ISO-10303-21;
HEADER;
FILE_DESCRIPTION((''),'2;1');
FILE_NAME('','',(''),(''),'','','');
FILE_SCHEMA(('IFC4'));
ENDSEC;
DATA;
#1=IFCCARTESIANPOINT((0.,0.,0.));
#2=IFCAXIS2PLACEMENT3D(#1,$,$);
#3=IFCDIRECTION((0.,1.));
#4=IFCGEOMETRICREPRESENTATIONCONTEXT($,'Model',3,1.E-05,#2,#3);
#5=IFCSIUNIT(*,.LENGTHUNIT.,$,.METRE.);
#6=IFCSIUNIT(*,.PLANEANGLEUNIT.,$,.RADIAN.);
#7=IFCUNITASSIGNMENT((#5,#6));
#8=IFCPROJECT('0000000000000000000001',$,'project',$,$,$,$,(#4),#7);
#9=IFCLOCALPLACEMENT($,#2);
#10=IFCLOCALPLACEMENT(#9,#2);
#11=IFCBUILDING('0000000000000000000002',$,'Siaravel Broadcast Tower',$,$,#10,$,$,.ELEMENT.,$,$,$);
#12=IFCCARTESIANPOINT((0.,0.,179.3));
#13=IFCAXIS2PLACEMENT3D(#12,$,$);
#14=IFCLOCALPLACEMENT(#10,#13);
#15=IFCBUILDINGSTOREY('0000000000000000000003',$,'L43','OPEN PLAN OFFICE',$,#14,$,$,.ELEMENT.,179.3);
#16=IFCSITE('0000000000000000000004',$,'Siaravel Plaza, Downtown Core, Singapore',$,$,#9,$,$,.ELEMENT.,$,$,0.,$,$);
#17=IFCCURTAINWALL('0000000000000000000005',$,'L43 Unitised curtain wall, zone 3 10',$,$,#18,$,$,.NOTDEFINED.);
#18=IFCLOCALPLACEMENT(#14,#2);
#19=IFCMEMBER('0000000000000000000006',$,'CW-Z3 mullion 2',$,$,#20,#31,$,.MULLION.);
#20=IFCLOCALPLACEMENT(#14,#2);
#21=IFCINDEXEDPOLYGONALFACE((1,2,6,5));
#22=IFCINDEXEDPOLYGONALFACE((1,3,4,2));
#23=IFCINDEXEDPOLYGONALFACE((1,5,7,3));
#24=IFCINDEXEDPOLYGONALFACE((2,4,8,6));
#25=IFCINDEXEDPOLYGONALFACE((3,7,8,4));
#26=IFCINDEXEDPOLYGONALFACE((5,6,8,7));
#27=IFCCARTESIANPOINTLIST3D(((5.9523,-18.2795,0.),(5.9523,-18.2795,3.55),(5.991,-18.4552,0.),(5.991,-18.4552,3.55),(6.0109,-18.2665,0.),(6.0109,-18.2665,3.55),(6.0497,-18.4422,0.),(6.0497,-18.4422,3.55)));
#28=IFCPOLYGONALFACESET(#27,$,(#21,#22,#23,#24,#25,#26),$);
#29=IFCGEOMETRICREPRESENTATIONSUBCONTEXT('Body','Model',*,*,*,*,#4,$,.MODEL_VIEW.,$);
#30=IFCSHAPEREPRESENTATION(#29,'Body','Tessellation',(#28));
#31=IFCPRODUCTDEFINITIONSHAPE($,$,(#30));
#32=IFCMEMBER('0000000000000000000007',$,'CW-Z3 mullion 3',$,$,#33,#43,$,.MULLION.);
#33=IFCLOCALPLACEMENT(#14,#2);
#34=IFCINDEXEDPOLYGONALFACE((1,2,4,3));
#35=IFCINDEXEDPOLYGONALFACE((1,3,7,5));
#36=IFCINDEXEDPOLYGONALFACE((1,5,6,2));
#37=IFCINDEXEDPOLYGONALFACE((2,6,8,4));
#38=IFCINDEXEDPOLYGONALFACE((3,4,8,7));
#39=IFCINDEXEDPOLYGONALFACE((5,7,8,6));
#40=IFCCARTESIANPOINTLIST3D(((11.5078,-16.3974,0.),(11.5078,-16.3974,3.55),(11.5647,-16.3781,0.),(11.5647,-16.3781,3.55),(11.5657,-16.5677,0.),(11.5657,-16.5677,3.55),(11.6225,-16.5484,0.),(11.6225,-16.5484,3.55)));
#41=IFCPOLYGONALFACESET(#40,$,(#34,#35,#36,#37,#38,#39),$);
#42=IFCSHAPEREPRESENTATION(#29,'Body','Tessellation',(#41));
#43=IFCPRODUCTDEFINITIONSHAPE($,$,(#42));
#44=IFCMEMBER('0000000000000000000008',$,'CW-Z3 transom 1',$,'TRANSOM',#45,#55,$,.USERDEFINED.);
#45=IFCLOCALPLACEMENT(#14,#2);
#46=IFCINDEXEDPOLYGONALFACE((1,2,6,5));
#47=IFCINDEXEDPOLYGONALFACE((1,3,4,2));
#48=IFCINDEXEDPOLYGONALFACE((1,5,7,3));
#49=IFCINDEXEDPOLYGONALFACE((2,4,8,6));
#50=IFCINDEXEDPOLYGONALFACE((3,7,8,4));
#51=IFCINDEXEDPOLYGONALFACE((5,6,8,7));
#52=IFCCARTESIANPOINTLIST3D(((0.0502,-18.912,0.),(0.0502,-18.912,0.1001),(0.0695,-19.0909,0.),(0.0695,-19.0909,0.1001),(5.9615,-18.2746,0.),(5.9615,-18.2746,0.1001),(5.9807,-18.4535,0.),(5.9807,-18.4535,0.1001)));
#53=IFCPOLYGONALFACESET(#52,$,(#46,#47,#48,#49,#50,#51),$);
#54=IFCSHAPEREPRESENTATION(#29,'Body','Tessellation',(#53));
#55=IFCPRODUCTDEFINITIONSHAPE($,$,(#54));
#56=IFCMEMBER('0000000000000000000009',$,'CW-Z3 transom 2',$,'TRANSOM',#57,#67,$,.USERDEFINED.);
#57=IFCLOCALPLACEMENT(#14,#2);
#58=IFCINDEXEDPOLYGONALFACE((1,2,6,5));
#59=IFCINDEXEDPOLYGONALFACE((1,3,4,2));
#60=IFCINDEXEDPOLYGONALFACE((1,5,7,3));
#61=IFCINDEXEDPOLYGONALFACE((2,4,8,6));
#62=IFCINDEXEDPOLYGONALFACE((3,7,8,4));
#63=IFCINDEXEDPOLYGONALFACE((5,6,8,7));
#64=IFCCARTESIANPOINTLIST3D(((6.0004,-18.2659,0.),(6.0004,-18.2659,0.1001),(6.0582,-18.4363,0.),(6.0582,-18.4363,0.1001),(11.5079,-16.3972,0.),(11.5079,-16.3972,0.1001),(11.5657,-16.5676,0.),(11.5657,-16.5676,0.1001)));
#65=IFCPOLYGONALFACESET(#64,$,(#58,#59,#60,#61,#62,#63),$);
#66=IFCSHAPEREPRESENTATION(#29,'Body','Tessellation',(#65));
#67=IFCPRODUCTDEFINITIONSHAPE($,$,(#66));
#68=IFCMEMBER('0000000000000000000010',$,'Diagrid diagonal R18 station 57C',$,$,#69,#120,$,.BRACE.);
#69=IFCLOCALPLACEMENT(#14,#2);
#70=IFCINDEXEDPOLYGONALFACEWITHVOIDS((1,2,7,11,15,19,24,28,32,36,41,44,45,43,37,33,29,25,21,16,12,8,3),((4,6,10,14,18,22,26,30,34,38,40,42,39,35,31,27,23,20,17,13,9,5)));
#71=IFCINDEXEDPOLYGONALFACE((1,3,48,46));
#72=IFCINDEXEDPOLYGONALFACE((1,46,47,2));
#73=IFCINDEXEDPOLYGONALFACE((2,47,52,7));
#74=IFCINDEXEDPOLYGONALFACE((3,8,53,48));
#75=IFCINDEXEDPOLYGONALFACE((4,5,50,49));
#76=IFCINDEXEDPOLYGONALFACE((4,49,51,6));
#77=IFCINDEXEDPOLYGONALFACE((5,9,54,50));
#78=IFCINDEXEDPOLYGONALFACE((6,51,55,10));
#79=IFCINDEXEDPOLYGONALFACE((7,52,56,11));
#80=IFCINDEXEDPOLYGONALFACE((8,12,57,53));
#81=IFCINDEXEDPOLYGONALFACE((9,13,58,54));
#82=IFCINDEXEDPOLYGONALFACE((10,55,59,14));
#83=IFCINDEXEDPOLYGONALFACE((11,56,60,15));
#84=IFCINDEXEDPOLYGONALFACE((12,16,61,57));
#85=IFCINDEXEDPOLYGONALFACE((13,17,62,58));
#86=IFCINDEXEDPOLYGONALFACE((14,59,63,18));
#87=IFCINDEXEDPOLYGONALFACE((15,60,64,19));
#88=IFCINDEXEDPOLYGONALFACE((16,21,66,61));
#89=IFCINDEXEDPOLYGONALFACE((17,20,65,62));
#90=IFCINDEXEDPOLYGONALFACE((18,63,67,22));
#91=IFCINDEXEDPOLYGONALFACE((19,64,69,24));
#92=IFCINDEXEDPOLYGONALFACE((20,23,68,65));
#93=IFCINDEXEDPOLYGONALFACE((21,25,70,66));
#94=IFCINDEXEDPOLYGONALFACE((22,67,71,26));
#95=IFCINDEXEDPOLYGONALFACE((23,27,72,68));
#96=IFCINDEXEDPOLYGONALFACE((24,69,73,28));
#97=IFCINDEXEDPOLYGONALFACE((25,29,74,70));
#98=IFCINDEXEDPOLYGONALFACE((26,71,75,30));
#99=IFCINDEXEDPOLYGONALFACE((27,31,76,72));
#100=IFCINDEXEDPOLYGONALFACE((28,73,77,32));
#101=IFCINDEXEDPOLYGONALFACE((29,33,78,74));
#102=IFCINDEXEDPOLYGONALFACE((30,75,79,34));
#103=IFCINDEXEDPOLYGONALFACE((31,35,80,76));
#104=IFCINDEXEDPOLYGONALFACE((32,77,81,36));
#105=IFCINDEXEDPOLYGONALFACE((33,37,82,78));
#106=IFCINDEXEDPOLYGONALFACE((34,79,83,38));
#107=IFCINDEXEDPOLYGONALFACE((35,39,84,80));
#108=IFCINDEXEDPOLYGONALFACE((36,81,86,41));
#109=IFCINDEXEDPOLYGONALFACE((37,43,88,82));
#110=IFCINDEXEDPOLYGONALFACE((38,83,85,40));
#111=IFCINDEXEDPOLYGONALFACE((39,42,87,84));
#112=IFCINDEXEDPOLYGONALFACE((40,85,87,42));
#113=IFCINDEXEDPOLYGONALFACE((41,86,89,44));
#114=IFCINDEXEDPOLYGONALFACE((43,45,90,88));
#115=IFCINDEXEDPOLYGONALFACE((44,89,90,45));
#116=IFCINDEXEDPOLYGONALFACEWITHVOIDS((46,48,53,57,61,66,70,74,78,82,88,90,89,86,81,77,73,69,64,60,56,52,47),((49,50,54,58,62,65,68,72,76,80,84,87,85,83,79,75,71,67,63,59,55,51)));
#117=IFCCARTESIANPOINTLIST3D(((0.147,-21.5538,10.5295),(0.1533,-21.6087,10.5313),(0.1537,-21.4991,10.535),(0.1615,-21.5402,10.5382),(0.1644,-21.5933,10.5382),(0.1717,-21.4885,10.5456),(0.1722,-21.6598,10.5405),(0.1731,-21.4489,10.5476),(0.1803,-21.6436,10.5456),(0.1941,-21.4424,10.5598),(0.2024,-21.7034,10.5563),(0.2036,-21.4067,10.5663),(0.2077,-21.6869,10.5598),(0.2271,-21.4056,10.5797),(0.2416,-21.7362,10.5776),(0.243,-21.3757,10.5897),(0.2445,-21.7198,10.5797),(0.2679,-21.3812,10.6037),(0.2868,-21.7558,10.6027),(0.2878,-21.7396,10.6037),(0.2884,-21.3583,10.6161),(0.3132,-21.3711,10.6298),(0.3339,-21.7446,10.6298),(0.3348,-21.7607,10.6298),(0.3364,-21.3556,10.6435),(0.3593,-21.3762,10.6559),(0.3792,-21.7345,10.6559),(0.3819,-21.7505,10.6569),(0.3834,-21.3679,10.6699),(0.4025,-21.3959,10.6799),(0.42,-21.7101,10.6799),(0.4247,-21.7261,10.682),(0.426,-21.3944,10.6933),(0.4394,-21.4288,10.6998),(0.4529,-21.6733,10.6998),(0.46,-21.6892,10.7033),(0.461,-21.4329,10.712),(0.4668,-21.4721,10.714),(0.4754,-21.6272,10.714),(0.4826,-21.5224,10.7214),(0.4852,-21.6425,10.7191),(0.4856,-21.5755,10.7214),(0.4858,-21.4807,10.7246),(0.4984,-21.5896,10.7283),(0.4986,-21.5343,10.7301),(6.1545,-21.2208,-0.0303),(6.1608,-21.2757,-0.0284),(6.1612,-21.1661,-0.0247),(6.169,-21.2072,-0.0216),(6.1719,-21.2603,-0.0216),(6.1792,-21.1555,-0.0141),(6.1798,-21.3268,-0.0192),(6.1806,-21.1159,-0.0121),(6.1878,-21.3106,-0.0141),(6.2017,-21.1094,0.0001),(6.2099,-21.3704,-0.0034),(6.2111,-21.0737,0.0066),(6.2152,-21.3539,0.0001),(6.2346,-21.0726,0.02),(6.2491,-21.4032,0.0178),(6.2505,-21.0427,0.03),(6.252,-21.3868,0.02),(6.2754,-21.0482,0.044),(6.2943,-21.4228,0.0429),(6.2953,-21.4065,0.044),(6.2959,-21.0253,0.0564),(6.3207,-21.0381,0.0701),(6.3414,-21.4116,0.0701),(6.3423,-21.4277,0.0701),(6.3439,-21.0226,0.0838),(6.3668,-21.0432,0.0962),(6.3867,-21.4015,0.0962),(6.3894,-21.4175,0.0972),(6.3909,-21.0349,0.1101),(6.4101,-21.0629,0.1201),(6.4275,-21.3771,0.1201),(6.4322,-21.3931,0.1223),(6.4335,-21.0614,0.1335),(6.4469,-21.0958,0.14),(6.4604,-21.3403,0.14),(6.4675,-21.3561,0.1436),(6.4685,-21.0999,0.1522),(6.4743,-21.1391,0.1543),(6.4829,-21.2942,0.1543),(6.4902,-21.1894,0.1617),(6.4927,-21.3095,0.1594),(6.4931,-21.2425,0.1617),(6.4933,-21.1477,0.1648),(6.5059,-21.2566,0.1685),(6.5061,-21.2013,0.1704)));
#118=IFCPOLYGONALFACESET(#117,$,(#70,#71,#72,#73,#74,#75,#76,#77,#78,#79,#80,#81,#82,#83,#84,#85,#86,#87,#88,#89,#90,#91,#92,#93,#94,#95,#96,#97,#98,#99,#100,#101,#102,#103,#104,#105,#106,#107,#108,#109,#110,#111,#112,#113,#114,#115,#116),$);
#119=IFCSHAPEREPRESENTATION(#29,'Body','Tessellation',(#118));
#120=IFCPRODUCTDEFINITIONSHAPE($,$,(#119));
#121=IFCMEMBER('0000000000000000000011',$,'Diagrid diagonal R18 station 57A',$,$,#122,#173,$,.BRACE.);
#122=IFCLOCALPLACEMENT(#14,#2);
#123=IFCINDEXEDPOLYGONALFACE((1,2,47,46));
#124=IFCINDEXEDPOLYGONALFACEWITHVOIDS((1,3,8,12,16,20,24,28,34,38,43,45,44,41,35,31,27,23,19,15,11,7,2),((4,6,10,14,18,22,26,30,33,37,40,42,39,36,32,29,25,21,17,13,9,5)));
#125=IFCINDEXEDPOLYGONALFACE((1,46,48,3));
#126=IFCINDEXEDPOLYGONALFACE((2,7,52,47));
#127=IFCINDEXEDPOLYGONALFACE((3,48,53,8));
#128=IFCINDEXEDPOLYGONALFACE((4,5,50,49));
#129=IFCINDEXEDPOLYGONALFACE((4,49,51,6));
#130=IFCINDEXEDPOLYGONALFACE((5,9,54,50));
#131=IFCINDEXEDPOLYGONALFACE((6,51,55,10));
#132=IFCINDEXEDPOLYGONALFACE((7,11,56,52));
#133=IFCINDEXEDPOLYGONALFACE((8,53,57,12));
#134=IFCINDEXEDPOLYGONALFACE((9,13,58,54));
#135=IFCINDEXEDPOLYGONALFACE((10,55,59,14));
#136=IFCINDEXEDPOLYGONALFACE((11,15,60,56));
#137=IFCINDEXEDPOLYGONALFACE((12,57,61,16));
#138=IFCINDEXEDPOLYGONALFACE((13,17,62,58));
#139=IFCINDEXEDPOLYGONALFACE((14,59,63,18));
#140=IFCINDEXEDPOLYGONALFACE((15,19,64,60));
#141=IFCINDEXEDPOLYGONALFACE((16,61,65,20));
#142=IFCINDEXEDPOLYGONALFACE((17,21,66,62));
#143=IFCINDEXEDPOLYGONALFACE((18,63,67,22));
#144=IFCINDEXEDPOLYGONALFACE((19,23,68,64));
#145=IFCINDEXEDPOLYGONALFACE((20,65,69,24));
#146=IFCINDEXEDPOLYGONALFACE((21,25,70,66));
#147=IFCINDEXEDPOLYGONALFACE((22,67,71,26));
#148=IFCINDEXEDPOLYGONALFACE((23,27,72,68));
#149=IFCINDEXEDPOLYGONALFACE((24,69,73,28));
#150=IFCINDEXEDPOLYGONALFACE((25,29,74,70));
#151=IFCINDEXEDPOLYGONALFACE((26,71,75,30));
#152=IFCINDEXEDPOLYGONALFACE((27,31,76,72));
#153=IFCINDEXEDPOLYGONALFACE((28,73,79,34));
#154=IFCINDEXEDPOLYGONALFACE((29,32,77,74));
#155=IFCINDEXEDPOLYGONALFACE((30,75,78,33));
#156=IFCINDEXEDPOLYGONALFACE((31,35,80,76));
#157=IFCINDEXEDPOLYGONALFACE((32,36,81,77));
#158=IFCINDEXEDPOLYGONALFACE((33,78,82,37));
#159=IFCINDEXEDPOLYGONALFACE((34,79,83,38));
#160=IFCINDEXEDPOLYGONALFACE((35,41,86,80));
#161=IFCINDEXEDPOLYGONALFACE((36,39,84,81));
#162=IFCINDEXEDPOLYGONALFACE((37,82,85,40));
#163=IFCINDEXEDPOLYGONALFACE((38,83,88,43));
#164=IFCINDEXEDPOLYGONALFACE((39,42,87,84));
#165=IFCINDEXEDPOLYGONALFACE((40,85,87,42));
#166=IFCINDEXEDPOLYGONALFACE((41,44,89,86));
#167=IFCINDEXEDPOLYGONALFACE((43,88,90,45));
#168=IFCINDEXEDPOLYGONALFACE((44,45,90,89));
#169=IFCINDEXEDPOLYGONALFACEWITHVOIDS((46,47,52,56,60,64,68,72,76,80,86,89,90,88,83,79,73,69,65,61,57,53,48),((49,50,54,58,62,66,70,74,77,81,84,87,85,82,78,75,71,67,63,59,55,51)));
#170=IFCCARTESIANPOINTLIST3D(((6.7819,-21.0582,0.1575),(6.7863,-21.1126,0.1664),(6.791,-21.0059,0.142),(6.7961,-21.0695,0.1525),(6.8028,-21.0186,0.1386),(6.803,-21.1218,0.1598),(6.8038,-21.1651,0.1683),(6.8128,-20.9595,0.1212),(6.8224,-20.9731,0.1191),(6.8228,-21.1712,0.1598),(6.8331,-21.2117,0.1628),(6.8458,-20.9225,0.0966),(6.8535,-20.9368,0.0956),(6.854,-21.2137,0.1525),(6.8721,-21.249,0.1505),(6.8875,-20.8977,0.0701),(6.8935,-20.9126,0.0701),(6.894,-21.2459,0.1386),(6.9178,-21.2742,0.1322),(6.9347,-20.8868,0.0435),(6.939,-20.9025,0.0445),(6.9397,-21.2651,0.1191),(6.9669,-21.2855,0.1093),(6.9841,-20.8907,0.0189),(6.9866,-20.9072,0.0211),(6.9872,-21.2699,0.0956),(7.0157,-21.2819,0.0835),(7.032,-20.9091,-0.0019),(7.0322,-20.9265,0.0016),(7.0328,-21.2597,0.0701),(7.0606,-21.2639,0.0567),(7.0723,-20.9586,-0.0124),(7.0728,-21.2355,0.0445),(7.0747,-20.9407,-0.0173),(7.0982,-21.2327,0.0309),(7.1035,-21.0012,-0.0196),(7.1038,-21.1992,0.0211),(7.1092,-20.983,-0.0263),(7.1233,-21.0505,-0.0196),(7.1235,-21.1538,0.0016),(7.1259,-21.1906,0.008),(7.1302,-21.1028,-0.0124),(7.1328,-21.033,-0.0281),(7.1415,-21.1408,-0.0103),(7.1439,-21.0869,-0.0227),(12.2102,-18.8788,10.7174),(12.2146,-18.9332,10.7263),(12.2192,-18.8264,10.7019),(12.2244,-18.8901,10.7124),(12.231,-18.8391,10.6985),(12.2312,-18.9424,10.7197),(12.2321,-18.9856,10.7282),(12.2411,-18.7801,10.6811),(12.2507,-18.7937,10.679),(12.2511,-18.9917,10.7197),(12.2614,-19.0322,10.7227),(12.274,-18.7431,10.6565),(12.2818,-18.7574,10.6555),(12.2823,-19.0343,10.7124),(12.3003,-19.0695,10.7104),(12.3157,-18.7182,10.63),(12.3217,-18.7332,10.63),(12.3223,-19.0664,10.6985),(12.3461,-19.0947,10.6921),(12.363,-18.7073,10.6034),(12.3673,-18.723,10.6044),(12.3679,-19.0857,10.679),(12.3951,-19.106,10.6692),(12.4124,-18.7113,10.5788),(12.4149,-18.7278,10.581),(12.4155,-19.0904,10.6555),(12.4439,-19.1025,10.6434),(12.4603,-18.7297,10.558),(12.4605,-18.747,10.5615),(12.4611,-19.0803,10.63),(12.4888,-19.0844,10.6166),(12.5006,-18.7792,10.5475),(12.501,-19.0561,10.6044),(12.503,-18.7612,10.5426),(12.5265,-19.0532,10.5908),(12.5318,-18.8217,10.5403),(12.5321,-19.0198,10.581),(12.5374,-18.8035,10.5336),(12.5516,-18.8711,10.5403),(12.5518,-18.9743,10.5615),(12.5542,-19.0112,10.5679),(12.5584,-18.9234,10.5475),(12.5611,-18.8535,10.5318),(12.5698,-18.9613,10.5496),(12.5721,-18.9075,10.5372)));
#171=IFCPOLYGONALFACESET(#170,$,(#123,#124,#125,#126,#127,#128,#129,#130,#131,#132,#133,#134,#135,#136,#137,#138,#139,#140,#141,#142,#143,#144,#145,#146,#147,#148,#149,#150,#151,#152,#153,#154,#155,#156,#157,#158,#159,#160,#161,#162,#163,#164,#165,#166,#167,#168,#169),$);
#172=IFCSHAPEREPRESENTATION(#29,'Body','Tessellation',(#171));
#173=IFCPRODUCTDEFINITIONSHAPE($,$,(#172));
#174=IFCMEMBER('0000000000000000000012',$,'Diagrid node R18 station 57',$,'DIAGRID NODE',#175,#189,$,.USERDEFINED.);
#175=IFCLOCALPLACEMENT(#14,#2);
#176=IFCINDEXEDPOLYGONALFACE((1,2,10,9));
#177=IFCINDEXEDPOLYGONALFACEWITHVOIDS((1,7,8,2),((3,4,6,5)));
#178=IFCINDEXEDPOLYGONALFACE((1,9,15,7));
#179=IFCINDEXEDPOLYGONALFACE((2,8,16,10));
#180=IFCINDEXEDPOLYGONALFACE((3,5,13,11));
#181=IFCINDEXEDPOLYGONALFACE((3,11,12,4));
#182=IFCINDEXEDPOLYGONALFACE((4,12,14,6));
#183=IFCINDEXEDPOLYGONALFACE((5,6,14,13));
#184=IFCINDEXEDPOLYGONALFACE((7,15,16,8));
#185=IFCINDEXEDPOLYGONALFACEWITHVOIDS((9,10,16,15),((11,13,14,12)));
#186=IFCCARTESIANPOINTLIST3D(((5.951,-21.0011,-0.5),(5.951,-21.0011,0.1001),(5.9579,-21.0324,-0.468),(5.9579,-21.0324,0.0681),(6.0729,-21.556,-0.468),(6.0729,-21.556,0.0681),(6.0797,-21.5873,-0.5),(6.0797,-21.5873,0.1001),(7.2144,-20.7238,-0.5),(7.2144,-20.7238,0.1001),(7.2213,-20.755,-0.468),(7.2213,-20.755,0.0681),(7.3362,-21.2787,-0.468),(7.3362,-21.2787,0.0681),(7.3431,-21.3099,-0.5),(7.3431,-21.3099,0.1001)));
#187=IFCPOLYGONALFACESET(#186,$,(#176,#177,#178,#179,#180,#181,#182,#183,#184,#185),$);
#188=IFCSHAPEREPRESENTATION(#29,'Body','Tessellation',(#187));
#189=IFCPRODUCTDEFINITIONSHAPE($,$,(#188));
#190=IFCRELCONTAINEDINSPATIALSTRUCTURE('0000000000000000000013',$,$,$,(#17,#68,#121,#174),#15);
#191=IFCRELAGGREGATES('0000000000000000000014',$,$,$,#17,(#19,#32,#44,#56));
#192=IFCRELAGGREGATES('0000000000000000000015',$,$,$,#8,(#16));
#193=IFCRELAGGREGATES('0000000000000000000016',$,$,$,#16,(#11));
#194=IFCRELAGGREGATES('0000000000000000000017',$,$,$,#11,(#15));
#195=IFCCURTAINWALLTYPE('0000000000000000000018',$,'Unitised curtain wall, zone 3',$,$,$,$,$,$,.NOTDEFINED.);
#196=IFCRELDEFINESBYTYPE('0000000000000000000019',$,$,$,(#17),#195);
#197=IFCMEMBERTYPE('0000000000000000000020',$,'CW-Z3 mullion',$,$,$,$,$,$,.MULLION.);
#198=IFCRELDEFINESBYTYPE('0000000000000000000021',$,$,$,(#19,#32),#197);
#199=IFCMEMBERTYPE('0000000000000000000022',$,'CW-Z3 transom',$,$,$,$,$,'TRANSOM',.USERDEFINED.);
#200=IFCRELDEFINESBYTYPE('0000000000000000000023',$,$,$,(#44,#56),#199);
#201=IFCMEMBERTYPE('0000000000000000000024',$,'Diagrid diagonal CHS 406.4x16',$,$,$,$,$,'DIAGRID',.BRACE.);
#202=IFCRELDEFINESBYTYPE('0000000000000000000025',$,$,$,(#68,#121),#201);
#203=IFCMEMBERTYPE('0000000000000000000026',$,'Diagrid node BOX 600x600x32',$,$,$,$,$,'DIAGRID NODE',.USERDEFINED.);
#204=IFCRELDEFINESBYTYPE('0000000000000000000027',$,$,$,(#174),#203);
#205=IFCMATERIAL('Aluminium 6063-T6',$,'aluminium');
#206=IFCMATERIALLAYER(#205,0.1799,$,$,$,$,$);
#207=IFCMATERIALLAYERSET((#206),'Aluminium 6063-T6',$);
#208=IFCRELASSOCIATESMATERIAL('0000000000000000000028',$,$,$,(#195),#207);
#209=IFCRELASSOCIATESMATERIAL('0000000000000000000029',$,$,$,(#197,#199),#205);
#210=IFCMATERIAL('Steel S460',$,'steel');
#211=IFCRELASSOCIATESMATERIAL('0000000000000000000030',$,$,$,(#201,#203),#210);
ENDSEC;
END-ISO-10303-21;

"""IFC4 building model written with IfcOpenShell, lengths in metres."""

from ifc_helpers import new_model, si_unit, direction, frame, origin, origin_2d, place, context, subcontext, project, spatial, rectangle, hollow_rectangle, hollow_circle, extrude, material, layer, layer_set, material_profile, profile_set, type_object, element, aggregate, save


model = new_model("IFC4")

# Units and contexts
model_context = context("Model", 3, precision=1e-05, world=origin(), true_north=direction((0.0, 1.0)))
body_context = subcontext(model_context, "Body", "Model", "MODEL_VIEW")
ifc_project = project(units=[si_unit("LENGTHUNIT", "METRE"), si_unit("PLANEANGLEUNIT", "RADIAN")], contexts=[model_context])

# Site, building, storey
site_placement = place(None, origin())
site = spatial("IfcSite", under=ifc_project, at=site_placement, Name="Siaravel Plaza, Downtown Core, Singapore", CompositionType="ELEMENT", RefElevation=0.0)
building_placement = place(site_placement, origin())
building = spatial("IfcBuilding", under=site, at=building_placement, Name="Siaravel Broadcast Tower", CompositionType="ELEMENT")
storey_placement = place(building_placement, frame((0.0, 0.0, 179.3)))
storey = spatial("IfcBuildingStorey", under=building, at=storey_placement, Name="L43", Description="OPEN PLAN OFFICE", CompositionType="ELEMENT", Elevation=179.3)

# Curtain wall, members
ifc_material_1 = material(Name="Aluminium 6063-T6", Category="aluminium")
ifc_layer_1 = layer(ifc_material_1, 0.1799)
ifc_layer_set_1 = layer_set([ifc_layer_1], Name="Aluminium 6063-T6")
curtain_wall_type = type_object("IfcCurtainWallType", Name="Unitised curtain wall, zone 3", PredefinedType="NOTDEFINED", material=ifc_layer_set_1)
curtain_wall_placement = place(storey_placement, origin())
curtain_wall = element("IfcCurtainWall", 1, at=curtain_wall_placement, inside=storey, type_object=curtain_wall_type, Name="L43 Unitised curtain wall, zone 3 10", PredefinedType="NOTDEFINED")
ifc_material_profile_1 = material_profile(ifc_material_1, rectangle(XDim=0.1799, YDim=0.0601, at=origin_2d()))
ifc_profile_set_1 = profile_set([ifc_material_profile_1], Name="Aluminium 6063-T6")
member_type_1 = type_object("IfcMemberType", Name="CW-Z3 mullion", PredefinedType="MULLION", material=ifc_profile_set_1)
member_1_placement = place(storey_placement, frame((6.001, -18.3608, 0.0), z_axis=(0.0, 0.0, 1.0), x_axis=(-0.215558, 0.976491, 0.0)))
member_1 = element("IfcMember", 2, at=member_1_placement, type_object=member_type_1, Name="CW-Z3 mullion 2", PredefinedType="MULLION", context=body_context, shape_type="SweptSolid", body=[
    extrude(rectangle(XDim=0.1799, YDim=0.0601, at=origin_2d()), origin(), (0.0, 0.0, 1.0), 3.55),
])
member_2_placement = place(storey_placement, frame((11.5652, -16.4729, 0.0), z_axis=(0.0, 0.0, 1.0), x_axis=(-0.3213, 0.946977, 0.0)))
member_2 = element("IfcMember", 3, at=member_2_placement, type_object=member_type_1, Name="CW-Z3 mullion 3", PredefinedType="MULLION", context=body_context, shape_type="SweptSolid", body=[
    extrude(rectangle(XDim=0.1799, YDim=0.0601, at=origin_2d()), origin(), (0.0, 0.0, 1.0), 3.55),
])
ifc_material_profile_2 = material_profile(ifc_material_1, rectangle(XDim=0.1799, YDim=0.1001, at=origin_2d()))
ifc_profile_set_2 = profile_set([ifc_material_profile_2], Name="Aluminium 6063-T6")
member_type_2 = type_object("IfcMemberType", Name="CW-Z3 transom", ElementType="TRANSOM", PredefinedType="USERDEFINED", material=ifc_profile_set_2)
member_3_placement = place(storey_placement, frame((0.0598, -19.0015, 0.05), z_axis=(0.994236, 0.107213, 0.0), x_axis=(-0.107213, 0.994236, 0.0)))
member_3 = element("IfcMember", 4, at=member_3_placement, type_object=member_type_2, Name="CW-Z3 transom 1", ObjectType="TRANSOM", PredefinedType="USERDEFINED", context=body_context, shape_type="SweptSolid", body=[
    extrude(rectangle(XDim=0.1799, YDim=0.1001, at=origin_2d()), origin(), (0.0, 0.0, 1.0), 5.9456),
])
member_4_placement = place(storey_placement, frame((6.0293, -18.3511, 0.05), z_axis=(0.946978, 0.321298, 0.0), x_axis=(-0.321298, 0.946978, 0.0)))
member_4 = element("IfcMember", 5, at=member_4_placement, type_object=member_type_2, Name="CW-Z3 transom 2", ObjectType="TRANSOM", PredefinedType="USERDEFINED", context=body_context, shape_type="SweptSolid", body=[
    extrude(rectangle(XDim=0.1799, YDim=0.1001, at=origin_2d()), origin(), (0.0, 0.0, 1.0), 5.8159),
])

# Members
ifc_material_2 = material(Name="Steel S460", Category="steel")
ifc_material_profile_3 = material_profile(ifc_material_2, hollow_circle(Radius=0.2031, WallThickness=0.0161, at=origin_2d()))
ifc_profile_set_3 = profile_set([ifc_material_profile_3], Name="Steel S460")
member_type_3 = type_object("IfcMemberType", Name="Diagrid diagonal CHS 406.4x16", ElementType="DIAGRID", PredefinedType="BRACE", material=ifc_profile_set_3)
member_5_placement = place(storey_placement, frame((6.3311, -21.2249, 0.0701), z_axis=(-0.494301, -0.0274, 0.868859), x_axis=(0.055346, -0.998467, 0.0)))
element("IfcMember", 6, at=member_5_placement, inside=storey, type_object=member_type_3, Name="Diagrid diagonal R18 station 57C", PredefinedType="BRACE", context=body_context, shape_type="SweptSolid", body=[
    extrude(hollow_circle(Radius=0.2031, WallThickness=0.0161, at=origin_2d()), origin(), (0.0, 0.0, 1.0), 12.1536),
])
member_6_placement = place(storey_placement, frame((6.9631, -21.0862, 0.0701), z_axis=(0.449666, 0.180542, 0.87476), x_axis=(-0.372592, 0.927995, 0.0)))
element("IfcMember", 7, at=member_6_placement, inside=storey, type_object=member_type_3, Name="Diagrid diagonal R18 station 57A", PredefinedType="BRACE", context=body_context, shape_type="SweptSolid", body=[
    extrude(hollow_circle(Radius=0.2031, WallThickness=0.0161, at=origin_2d()), origin(), (0.0, 0.0, 1.0), 12.0718),
])
ifc_material_profile_4 = material_profile(ifc_material_2, hollow_rectangle(XDim=0.6001, YDim=0.6001, WallThickness=0.032, at=origin_2d()))
ifc_profile_set_4 = profile_set([ifc_material_profile_4], Name="Steel S460")
member_type_4 = type_object("IfcMemberType", Name="Diagrid node BOX 600x600x32", ElementType="DIAGRID NODE", PredefinedType="USERDEFINED", material=ifc_profile_set_4)
member_7_placement = place(storey_placement, frame((6.0154, -21.2942, -0.2), z_axis=(0.976743, 0.214412, 0.0), x_axis=(-0.214412, 0.976743, 0.0)))
element("IfcMember", 8, at=member_7_placement, inside=storey, type_object=member_type_4, Name="Diagrid node R18 station 57", ObjectType="DIAGRID NODE", PredefinedType="USERDEFINED", context=body_context, shape_type="SweptSolid", body=[
    extrude(hollow_rectangle(XDim=0.6001, YDim=0.6001, WallThickness=0.032, at=origin_2d()), origin(), (0.0, 0.0, 1.0), 1.2935),
])

aggregate(curtain_wall, [member_1, member_2, member_3, member_4])

save(model, "model.ifc")
